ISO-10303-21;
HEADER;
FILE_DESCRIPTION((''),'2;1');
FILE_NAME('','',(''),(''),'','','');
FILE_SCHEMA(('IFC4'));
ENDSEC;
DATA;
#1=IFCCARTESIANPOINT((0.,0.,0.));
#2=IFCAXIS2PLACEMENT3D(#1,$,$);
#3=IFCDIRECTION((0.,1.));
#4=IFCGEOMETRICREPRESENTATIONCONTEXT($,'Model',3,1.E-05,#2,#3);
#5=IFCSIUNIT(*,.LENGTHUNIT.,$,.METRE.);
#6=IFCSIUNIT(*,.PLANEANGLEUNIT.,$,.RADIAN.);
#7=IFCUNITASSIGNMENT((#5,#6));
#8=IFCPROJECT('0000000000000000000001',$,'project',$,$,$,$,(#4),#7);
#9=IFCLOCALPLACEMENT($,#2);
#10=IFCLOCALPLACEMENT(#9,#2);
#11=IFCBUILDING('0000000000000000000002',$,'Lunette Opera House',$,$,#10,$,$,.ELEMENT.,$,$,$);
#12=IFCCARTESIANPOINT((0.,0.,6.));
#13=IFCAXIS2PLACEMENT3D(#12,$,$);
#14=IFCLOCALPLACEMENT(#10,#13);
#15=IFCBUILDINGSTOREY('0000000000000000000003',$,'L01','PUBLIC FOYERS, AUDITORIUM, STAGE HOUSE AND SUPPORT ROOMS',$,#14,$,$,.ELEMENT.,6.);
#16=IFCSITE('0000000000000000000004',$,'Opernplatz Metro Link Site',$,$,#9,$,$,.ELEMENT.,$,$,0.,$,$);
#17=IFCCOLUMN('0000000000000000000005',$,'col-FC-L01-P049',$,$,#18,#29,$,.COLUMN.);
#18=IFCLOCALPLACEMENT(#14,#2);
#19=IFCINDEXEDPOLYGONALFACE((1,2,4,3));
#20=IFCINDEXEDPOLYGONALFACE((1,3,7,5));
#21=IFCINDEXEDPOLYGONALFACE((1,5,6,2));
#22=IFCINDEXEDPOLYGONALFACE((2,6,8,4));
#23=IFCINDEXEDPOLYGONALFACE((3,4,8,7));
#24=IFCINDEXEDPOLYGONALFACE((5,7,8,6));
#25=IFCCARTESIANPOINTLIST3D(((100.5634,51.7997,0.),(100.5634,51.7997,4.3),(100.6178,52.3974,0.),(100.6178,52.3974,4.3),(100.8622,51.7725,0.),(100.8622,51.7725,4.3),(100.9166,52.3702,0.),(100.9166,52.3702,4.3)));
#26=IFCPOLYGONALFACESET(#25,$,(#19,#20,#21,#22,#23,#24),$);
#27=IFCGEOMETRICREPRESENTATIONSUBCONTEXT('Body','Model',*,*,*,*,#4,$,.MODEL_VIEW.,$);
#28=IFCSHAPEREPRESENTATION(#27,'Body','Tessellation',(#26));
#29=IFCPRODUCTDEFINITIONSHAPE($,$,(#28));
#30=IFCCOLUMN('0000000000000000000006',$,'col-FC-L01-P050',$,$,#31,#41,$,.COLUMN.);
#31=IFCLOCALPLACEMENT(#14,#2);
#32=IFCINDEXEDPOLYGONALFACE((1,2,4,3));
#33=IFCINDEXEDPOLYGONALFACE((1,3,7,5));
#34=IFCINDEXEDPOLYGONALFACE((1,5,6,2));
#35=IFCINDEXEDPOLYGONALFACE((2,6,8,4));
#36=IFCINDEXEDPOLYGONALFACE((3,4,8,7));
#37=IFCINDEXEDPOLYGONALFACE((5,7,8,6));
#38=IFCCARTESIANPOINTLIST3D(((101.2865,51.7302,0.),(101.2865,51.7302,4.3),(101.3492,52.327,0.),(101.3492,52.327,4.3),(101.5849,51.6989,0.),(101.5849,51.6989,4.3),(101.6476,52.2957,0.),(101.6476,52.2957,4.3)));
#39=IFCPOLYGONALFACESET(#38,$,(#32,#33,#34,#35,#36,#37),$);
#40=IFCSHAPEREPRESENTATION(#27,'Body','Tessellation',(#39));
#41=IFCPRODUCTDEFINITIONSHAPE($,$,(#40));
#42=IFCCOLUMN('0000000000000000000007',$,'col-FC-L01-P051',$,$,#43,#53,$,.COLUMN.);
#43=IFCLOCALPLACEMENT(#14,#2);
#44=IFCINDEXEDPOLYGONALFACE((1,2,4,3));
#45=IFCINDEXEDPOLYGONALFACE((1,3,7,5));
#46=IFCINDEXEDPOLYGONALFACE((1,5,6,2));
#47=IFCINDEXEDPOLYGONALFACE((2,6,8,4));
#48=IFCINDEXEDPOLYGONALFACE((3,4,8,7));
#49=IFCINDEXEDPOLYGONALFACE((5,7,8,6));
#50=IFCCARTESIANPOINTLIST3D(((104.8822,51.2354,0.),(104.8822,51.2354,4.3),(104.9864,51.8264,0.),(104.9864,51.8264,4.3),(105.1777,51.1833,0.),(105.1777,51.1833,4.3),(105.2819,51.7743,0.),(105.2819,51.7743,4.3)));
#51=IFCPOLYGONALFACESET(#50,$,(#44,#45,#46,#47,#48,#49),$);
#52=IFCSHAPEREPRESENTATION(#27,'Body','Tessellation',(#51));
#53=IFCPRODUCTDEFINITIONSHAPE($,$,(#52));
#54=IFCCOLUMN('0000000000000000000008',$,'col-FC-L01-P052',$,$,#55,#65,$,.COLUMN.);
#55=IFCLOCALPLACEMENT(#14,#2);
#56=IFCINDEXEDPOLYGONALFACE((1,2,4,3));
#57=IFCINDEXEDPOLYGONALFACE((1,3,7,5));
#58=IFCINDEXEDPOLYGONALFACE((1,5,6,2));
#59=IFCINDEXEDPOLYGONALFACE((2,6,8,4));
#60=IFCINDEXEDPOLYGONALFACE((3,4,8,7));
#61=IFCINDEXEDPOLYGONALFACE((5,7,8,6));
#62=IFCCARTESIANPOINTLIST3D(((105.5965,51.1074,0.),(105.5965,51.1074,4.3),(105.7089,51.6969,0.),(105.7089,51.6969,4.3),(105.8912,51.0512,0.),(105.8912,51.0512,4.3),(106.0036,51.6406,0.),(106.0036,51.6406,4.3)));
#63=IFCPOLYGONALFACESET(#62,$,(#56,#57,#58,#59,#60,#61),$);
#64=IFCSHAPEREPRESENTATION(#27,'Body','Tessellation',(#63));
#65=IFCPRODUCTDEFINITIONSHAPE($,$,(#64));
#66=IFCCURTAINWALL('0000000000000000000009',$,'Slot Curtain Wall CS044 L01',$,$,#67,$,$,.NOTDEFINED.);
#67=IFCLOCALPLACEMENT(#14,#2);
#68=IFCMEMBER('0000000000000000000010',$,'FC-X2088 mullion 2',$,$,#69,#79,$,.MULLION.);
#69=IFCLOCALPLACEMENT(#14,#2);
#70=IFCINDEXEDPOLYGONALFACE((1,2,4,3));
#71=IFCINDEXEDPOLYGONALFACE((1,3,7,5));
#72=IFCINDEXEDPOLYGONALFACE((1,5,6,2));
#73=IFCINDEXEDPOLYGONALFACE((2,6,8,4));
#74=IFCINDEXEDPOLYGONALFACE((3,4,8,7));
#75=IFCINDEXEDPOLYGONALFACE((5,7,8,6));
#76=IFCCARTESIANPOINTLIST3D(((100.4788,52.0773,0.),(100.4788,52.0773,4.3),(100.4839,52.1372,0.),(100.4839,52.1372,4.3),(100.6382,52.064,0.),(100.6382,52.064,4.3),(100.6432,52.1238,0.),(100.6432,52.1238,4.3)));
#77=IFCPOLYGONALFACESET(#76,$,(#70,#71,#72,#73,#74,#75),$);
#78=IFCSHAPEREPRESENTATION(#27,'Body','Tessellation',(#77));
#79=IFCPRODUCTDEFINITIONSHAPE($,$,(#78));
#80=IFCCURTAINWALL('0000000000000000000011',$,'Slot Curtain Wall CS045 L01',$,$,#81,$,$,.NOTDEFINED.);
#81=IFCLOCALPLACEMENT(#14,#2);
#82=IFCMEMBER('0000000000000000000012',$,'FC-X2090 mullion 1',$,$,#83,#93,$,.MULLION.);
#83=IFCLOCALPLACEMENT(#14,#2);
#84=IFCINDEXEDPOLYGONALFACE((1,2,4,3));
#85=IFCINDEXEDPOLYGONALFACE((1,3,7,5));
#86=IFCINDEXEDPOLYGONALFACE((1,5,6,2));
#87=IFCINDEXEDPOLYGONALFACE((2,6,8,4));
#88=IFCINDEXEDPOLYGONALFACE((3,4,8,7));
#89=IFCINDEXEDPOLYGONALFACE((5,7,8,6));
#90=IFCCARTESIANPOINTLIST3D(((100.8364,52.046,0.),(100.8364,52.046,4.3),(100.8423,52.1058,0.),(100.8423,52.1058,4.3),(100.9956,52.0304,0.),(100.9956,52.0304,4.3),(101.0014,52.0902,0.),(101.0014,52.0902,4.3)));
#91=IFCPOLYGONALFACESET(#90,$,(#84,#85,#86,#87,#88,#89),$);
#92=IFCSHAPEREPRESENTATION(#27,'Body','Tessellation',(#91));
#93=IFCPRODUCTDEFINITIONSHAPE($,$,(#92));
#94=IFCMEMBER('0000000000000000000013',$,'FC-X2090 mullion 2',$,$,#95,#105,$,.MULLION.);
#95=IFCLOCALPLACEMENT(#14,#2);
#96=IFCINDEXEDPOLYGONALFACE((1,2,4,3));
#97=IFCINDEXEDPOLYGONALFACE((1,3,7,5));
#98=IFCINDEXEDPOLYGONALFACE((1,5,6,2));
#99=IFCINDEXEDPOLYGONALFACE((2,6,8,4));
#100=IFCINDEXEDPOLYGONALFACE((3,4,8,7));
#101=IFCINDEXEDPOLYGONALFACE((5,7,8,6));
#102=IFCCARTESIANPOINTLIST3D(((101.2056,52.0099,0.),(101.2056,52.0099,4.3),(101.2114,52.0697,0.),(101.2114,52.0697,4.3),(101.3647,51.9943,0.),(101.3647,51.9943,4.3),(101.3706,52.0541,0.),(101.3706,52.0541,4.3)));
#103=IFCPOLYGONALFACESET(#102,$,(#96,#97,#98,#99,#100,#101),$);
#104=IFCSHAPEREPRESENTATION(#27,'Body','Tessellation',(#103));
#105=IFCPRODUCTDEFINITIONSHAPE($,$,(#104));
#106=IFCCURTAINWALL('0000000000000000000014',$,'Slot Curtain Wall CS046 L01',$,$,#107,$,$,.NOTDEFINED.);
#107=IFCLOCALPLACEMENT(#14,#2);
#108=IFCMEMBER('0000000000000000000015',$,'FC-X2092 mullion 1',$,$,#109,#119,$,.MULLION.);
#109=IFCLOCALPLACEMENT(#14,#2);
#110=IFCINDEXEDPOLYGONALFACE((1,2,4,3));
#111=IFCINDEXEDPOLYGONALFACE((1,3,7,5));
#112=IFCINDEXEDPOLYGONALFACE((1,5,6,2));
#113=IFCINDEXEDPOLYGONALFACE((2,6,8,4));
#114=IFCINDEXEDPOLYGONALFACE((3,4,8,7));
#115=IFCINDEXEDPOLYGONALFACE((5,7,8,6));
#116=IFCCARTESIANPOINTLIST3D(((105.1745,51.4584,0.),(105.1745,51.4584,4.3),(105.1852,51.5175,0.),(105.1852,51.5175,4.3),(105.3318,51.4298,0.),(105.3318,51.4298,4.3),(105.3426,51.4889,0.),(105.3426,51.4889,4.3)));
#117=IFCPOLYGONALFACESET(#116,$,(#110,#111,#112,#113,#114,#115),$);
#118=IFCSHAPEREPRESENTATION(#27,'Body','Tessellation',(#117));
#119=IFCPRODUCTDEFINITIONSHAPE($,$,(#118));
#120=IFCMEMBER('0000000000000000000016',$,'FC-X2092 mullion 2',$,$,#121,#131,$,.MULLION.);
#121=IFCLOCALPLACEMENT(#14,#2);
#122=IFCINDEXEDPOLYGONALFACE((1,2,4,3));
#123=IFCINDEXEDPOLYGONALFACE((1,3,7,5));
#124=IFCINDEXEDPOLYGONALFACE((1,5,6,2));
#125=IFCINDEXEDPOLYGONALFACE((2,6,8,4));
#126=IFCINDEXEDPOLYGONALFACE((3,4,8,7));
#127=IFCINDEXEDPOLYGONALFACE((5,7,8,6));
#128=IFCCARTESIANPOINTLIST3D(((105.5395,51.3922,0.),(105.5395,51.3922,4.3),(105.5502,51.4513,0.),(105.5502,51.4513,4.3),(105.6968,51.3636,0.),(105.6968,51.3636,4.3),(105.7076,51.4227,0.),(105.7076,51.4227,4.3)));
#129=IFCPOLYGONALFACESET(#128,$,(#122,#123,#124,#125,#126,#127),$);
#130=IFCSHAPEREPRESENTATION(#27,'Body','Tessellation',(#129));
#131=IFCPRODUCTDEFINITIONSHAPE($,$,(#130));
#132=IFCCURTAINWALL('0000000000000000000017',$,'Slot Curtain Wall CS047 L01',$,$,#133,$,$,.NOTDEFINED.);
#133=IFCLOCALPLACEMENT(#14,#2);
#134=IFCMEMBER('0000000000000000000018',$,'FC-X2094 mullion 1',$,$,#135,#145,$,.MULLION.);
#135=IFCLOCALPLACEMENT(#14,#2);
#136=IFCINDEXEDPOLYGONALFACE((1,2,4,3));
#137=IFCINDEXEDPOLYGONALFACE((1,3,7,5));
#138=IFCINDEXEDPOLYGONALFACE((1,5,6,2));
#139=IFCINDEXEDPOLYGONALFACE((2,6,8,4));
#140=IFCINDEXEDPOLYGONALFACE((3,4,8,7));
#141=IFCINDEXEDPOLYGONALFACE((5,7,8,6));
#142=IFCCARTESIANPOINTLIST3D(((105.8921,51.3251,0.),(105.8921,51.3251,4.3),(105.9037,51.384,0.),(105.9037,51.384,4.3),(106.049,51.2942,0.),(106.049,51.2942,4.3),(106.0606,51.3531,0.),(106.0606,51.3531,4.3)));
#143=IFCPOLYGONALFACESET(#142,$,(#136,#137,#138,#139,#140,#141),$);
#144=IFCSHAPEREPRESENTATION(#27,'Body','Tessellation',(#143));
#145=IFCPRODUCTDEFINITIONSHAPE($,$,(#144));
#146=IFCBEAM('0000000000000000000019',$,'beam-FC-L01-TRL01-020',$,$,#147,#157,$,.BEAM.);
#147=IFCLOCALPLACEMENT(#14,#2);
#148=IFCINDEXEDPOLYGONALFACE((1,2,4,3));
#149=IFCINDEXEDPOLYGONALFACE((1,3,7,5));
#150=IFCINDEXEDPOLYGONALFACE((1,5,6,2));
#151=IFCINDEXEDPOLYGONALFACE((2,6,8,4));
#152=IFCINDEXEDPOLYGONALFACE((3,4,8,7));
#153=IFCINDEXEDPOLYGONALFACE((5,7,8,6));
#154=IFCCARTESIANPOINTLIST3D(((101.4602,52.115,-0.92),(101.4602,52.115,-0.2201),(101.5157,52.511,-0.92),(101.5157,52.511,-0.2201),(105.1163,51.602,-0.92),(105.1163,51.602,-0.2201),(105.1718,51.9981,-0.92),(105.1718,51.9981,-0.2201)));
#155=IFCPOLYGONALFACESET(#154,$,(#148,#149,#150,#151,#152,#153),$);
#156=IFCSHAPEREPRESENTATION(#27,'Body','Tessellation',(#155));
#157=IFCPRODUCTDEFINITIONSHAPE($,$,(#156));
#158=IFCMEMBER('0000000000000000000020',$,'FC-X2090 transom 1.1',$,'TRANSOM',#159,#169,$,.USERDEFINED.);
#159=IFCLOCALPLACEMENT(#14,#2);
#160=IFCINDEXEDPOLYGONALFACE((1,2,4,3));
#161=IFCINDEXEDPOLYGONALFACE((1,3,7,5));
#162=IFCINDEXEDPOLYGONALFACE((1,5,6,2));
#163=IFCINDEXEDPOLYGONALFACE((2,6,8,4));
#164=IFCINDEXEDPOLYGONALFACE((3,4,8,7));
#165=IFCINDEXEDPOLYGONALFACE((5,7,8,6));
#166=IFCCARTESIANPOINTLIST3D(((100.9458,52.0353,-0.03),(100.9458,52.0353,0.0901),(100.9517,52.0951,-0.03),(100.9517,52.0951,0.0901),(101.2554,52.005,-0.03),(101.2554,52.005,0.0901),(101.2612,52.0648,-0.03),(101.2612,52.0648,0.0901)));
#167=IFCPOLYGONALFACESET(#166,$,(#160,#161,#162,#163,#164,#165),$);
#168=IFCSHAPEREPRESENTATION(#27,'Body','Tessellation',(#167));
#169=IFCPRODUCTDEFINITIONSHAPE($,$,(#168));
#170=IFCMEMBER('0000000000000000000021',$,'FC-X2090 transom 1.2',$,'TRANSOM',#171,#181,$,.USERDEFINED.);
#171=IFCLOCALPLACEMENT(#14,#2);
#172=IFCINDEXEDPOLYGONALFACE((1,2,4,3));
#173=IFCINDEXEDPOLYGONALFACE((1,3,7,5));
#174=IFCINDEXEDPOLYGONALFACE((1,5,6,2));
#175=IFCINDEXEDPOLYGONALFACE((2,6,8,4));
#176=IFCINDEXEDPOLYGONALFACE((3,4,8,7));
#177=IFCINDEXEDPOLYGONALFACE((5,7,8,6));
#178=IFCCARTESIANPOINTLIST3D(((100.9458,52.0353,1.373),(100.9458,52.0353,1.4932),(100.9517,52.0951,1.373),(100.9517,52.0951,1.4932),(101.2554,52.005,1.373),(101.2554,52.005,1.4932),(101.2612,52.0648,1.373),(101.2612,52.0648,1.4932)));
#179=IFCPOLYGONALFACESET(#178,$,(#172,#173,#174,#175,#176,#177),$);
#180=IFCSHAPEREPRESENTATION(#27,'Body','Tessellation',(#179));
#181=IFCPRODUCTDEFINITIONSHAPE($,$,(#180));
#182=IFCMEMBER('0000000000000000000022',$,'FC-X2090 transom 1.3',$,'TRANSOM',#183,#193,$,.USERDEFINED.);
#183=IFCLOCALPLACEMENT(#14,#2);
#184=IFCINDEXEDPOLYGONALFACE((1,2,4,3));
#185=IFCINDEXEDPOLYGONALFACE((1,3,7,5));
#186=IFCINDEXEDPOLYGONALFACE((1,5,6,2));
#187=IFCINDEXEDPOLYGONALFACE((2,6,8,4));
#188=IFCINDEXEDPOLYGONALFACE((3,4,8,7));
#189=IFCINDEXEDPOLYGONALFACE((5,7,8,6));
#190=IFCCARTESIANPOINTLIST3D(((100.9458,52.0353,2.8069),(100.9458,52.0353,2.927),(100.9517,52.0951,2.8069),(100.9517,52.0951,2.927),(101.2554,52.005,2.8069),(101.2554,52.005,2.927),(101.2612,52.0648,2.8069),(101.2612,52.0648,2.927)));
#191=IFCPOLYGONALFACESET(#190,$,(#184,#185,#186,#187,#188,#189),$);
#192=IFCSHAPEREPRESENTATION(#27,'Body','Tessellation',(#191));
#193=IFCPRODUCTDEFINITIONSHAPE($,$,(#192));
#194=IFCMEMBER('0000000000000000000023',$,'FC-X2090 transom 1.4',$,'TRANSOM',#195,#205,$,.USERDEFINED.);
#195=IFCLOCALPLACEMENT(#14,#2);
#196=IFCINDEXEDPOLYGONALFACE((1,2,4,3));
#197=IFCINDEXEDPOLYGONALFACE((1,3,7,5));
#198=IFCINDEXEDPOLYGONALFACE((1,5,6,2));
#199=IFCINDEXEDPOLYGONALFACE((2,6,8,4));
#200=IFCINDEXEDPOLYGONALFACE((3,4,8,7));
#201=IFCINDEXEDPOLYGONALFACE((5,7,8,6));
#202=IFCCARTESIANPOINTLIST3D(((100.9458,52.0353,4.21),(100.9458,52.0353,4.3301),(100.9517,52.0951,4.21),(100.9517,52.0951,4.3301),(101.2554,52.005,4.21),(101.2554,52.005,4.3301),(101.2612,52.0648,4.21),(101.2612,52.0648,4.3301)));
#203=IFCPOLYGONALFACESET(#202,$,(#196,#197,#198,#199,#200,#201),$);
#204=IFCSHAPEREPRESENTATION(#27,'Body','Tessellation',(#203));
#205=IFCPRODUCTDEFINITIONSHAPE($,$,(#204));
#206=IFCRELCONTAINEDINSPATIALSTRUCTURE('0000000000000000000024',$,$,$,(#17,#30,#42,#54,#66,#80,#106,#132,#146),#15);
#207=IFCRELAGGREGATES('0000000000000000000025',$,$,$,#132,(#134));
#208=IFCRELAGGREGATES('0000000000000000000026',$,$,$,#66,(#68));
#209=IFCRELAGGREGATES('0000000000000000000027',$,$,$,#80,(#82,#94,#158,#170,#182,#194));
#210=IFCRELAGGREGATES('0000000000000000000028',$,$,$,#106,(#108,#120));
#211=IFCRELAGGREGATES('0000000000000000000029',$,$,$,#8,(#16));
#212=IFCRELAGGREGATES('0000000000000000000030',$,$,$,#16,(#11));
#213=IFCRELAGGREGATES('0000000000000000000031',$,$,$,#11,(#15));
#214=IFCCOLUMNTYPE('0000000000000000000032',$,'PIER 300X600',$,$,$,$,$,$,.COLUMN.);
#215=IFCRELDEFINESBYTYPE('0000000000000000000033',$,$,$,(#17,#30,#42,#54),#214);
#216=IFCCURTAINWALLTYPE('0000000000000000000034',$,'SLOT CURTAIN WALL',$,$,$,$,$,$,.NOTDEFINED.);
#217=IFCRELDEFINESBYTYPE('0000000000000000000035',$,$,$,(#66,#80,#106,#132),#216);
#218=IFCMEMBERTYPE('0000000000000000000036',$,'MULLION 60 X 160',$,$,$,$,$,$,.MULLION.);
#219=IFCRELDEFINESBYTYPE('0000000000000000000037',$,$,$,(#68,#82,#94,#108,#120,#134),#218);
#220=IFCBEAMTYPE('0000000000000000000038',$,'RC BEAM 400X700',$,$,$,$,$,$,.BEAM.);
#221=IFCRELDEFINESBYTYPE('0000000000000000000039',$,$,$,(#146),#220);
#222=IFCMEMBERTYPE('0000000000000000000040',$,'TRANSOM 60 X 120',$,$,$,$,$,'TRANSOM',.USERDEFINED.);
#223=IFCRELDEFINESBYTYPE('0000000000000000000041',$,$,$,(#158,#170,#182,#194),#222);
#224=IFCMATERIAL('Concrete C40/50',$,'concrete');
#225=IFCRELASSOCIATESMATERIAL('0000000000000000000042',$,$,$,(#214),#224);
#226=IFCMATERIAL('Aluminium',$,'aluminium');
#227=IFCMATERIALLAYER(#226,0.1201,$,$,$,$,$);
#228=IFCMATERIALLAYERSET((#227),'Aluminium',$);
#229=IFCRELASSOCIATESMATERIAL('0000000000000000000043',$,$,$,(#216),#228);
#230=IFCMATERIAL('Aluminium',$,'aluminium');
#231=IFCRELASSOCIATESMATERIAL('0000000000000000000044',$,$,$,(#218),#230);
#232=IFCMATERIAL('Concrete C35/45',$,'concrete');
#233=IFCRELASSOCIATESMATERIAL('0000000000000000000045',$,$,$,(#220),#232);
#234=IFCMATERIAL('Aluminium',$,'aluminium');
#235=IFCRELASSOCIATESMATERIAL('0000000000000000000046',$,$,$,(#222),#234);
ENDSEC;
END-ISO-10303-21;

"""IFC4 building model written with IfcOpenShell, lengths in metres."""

from ifc_helpers import new_model, si_unit, direction, frame, origin, origin_2d, place, context, subcontext, project, spatial, rectangle, extrude, material, layer, layer_set, material_profile, profile_set, type_object, element, aggregate, save


model = new_model("IFC4")

# Units and contexts
model_context = context("Model", 3, precision=1e-05, world=origin(), true_north=direction((0.0, 1.0)))
body_context = subcontext(model_context, "Body", "Model", "MODEL_VIEW")
ifc_project = project(units=[si_unit("LENGTHUNIT", "METRE"), si_unit("PLANEANGLEUNIT", "RADIAN")], contexts=[model_context])

# Site, building, storey
site_placement = place(None, origin())
site = spatial("IfcSite", under=ifc_project, at=site_placement, Name="Opernplatz Metro Link Site", CompositionType="ELEMENT", RefElevation=0.0)
building_placement = place(site_placement, origin())
building = spatial("IfcBuilding", under=site, at=building_placement, Name="Lunette Opera House", CompositionType="ELEMENT")
storey_placement = place(building_placement, frame((0.0, 0.0, 6.0)))
storey = spatial("IfcBuildingStorey", under=building, at=storey_placement, Name="L01", Description="PUBLIC FOYERS, AUDITORIUM, STAGE HOUSE AND SUPPORT ROOMS", CompositionType="ELEMENT", Elevation=6.0)

# Columns
ifc_material_1 = material(Name="Concrete C40/50", Category="concrete")
ifc_material_profile_1 = material_profile(ifc_material_1, rectangle(XDim=0.3, YDim=0.6001, at=origin_2d()), Name="PIER 300X600")
ifc_profile_set_1 = profile_set([ifc_material_profile_1], Name="Concrete C40/50")
column_type = type_object("IfcColumnType", Name="PIER 300X600", PredefinedType="COLUMN", material=ifc_profile_set_1)
for number, where, z_axis, x_axis, name in (
    (1, (100.74, 52.085, 0.0), (0.0, 0.0, 1.0), (0.995884, -0.090633, 0.0), "col-FC-L01-P049"),
    (2, (101.467, 52.0129, 0.0), (0.0, 0.0, 1.0), (0.994522, -0.104528, 0.0), "col-FC-L01-P050"),
    (3, (105.082, 51.5049, 0.0), (0.0, 0.0, 1.0), (0.984808, -0.173648, 0.0), "col-FC-L01-P051"),
    (4, (105.8, 51.374, 0.0), (0.0, 0.0, 1.0), (0.982287, -0.187381, 0.0), "col-FC-L01-P052"),
):
    element("IfcColumn", number, at=place(storey_placement, frame(where, z_axis=z_axis, x_axis=x_axis)), inside=storey, type_object=column_type, Name=name, PredefinedType="COLUMN", context=body_context, shape_type="SweptSolid", body=[
        extrude(rectangle(XDim=0.3, YDim=0.6001, at=origin_2d()), origin(), (0.0, 0.0, 1.0), 4.3),
    ])

# Curtain wall, member
ifc_material_2 = material(Name="Aluminium", Category="aluminium")
ifc_layer_1 = layer(ifc_material_2, 0.1201)
ifc_layer_set_1 = layer_set([ifc_layer_1], Name="Aluminium")
curtain_wall_type = type_object("IfcCurtainWallType", Name="SLOT CURTAIN WALL", PredefinedType="NOTDEFINED", material=ifc_layer_set_1)
curtain_wall_1_placement = place(storey_placement, origin())
curtain_wall_1 = element("IfcCurtainWall", 5, at=curtain_wall_1_placement, inside=storey, type_object=curtain_wall_type, Name="Slot Curtain Wall CS044 L01", PredefinedType="NOTDEFINED")
ifc_material_3 = material(Name="Aluminium", Category="aluminium")
ifc_material_profile_2 = material_profile(ifc_material_3, rectangle(XDim=0.0601, YDim=0.1599, at=origin_2d()), Name="MULLION 60 X 160")
ifc_profile_set_2 = profile_set([ifc_material_profile_2], Name="Aluminium")
member_type_1 = type_object("IfcMemberType", Name="MULLION 60 X 160", PredefinedType="MULLION", material=ifc_profile_set_2)
member_1_placement = place(storey_placement, frame((100.561, 52.1006, 0.0), z_axis=(0.0, 0.0, 1.0), x_axis=(0.083622, 0.996498, 0.0)))
member_1 = element("IfcMember", 6, at=member_1_placement, type_object=member_type_1, Name="FC-X2088 mullion 2", PredefinedType="MULLION", context=body_context, shape_type="SweptSolid", body=[
    extrude(rectangle(XDim=0.0601, YDim=0.1599, at=origin_2d()), origin(), (0.0, 0.0, 1.0), 4.3),
])

# Curtain walls, members
curtain_wall_2_placement = place(storey_placement, origin())
curtain_wall_2 = element("IfcCurtainWall", 7, at=curtain_wall_2_placement, inside=storey, type_object=curtain_wall_type, Name="Slot Curtain Wall CS045 L01", PredefinedType="NOTDEFINED")
member_2_placement = place(storey_placement, frame((100.9189, 52.0681, 0.0), z_axis=(0.0, 0.0, 1.0), x_axis=(0.097436, 0.995242, 0.0)))
member_2 = element("IfcMember", 8, at=member_2_placement, type_object=member_type_1, Name="FC-X2090 mullion 1", PredefinedType="MULLION", context=body_context, shape_type="SweptSolid", body=[
    extrude(rectangle(XDim=0.0601, YDim=0.1599, at=origin_2d()), origin(), (0.0, 0.0, 1.0), 4.3),
])
member_3_placement = place(storey_placement, frame((101.2881, 52.032, 0.0), z_axis=(0.0, 0.0, 1.0), x_axis=(0.097436, 0.995242, 0.0)))
member_3 = element("IfcMember", 9, at=member_3_placement, type_object=member_type_1, Name="FC-X2090 mullion 2", PredefinedType="MULLION", context=body_context, shape_type="SweptSolid", body=[
    extrude(rectangle(XDim=0.0601, YDim=0.1599, at=origin_2d()), origin(), (0.0, 0.0, 1.0), 4.3),
])
curtain_wall_3_placement = place(storey_placement, origin())
curtain_wall_3 = element("IfcCurtainWall", 10, at=curtain_wall_3_placement, inside=storey, type_object=curtain_wall_type, Name="Slot Curtain Wall CS046 L01", PredefinedType="NOTDEFINED")
member_4_placement = place(storey_placement, frame((105.2585, 51.4736, 0.0), z_axis=(0.0, 0.0, 1.0), x_axis=(0.178681, 0.983907, 0.0)))
member_4 = element("IfcMember", 11, at=member_4_placement, type_object=member_type_1, Name="FC-X2092 mullion 1", PredefinedType="MULLION", context=body_context, shape_type="SweptSolid", body=[
    extrude(rectangle(XDim=0.0601, YDim=0.1599, at=origin_2d()), origin(), (0.0, 0.0, 1.0), 4.3),
])
member_5_placement = place(storey_placement, frame((105.6235, 51.4075, 0.0), z_axis=(0.0, 0.0, 1.0), x_axis=(0.178681, 0.983907, 0.0)))
member_5 = element("IfcMember", 12, at=member_5_placement, type_object=member_type_1, Name="FC-X2092 mullion 2", PredefinedType="MULLION", context=body_context, shape_type="SweptSolid", body=[
    extrude(rectangle(XDim=0.0601, YDim=0.1599, at=origin_2d()), origin(), (0.0, 0.0, 1.0), 4.3),
])

# Curtain wall, member
curtain_wall_4_placement = place(storey_placement, origin())
curtain_wall_4 = element("IfcCurtainWall", 13, at=curtain_wall_4_placement, inside=storey, type_object=curtain_wall_type, Name="Slot Curtain Wall CS047 L01", PredefinedType="NOTDEFINED")
member_6_placement = place(storey_placement, frame((105.9763, 51.3391, 0.0), z_axis=(0.0, 0.0, 1.0), x_axis=(0.192985, 0.981202, 0.0)))
member_6 = element("IfcMember", 14, at=member_6_placement, type_object=member_type_1, Name="FC-X2094 mullion 1", PredefinedType="MULLION", context=body_context, shape_type="SweptSolid", body=[
    extrude(rectangle(XDim=0.0601, YDim=0.1599, at=origin_2d()), origin(), (0.0, 0.0, 1.0), 4.3),
])

# Beam
ifc_material_4 = material(Name="Concrete C35/45", Category="concrete")
ifc_material_profile_3 = material_profile(ifc_material_4, rectangle(XDim=0.3999, YDim=0.7, at=origin_2d()), Name="RC BEAM 400X700")
ifc_profile_set_3 = profile_set([ifc_material_profile_3], Name="Concrete C35/45")
beam_type = type_object("IfcBeamType", Name="RC BEAM 400X700", PredefinedType="BEAM", material=ifc_profile_set_3)
beam_placement = place(storey_placement, frame((105.144, 51.8, -0.5701), z_axis=(-0.990301, 0.13894, 0.0), x_axis=(-0.13894, -0.990301, 0.0)))
element("IfcBeam", 15, at=beam_placement, inside=storey, type_object=beam_type, Name="beam-FC-L01-TRL01-020", PredefinedType="BEAM", context=body_context, shape_type="SweptSolid", body=[
    extrude(rectangle(XDim=0.3999, YDim=0.7, at=origin_2d()), origin(), (0.0, 0.0, 1.0), 3.6919),
])

# Members
ifc_material_5 = material(Name="Aluminium", Category="aluminium")
ifc_material_profile_4 = material_profile(ifc_material_5, rectangle(XDim=0.0601, YDim=0.1201, at=origin_2d()), Name="TRANSOM 60 X 120")
ifc_profile_set_4 = profile_set([ifc_material_profile_4], Name="Aluminium")
member_type_2 = type_object("IfcMemberType", Name="TRANSOM 60 X 120", ElementType="TRANSOM", PredefinedType="USERDEFINED", material=ifc_profile_set_4)
member_7_placement = place(storey_placement, frame((100.9487, 52.0652, 0.03), z_axis=(0.995252, -0.097328, 0.0), x_axis=(0.097328, 0.995252, 0.0)))
member_7 = element("IfcMember", 16, at=member_7_placement, type_object=member_type_2, Name="FC-X2090 transom 1.1", ObjectType="TRANSOM", PredefinedType="USERDEFINED", context=body_context, shape_type="SweptSolid", body=[
    extrude(rectangle(XDim=0.0601, YDim=0.1201, at=origin_2d()), origin(), (0.0, 0.0, 1.0), 0.311),
])
member_8_placement = place(storey_placement, frame((100.9487, 52.0652, 1.4331), z_axis=(0.995252, -0.097328, 0.0), x_axis=(0.097328, 0.995252, 0.0)))
member_8 = element("IfcMember", 17, at=member_8_placement, type_object=member_type_2, Name="FC-X2090 transom 1.2", ObjectType="TRANSOM", PredefinedType="USERDEFINED", context=body_context, shape_type="SweptSolid", body=[
    extrude(rectangle(XDim=0.0601, YDim=0.1201, at=origin_2d()), origin(), (0.0, 0.0, 1.0), 0.311),
])
member_9_placement = place(storey_placement, frame((100.9487, 52.0652, 2.8669), z_axis=(0.995252, -0.097328, 0.0), x_axis=(0.097328, 0.995252, 0.0)))
member_9 = element("IfcMember", 18, at=member_9_placement, type_object=member_type_2, Name="FC-X2090 transom 1.3", ObjectType="TRANSOM", PredefinedType="USERDEFINED", context=body_context, shape_type="SweptSolid", body=[
    extrude(rectangle(XDim=0.0601, YDim=0.1201, at=origin_2d()), origin(), (0.0, 0.0, 1.0), 0.311),
])
member_10_placement = place(storey_placement, frame((100.9487, 52.0652, 4.27), z_axis=(0.995252, -0.097328, 0.0), x_axis=(0.097328, 0.995252, 0.0)))
member_10 = element("IfcMember", 19, at=member_10_placement, type_object=member_type_2, Name="FC-X2090 transom 1.4", ObjectType="TRANSOM", PredefinedType="USERDEFINED", context=body_context, shape_type="SweptSolid", body=[
    extrude(rectangle(XDim=0.0601, YDim=0.1201, at=origin_2d()), origin(), (0.0, 0.0, 1.0), 0.311),
])
aggregate(curtain_wall_4, [member_6])

aggregate(curtain_wall_1, [member_1])
aggregate(curtain_wall_2, [member_2, member_3, member_7, member_8, member_9, member_10])
aggregate(curtain_wall_3, [member_4, member_5])

save(model, "model.ifc")
